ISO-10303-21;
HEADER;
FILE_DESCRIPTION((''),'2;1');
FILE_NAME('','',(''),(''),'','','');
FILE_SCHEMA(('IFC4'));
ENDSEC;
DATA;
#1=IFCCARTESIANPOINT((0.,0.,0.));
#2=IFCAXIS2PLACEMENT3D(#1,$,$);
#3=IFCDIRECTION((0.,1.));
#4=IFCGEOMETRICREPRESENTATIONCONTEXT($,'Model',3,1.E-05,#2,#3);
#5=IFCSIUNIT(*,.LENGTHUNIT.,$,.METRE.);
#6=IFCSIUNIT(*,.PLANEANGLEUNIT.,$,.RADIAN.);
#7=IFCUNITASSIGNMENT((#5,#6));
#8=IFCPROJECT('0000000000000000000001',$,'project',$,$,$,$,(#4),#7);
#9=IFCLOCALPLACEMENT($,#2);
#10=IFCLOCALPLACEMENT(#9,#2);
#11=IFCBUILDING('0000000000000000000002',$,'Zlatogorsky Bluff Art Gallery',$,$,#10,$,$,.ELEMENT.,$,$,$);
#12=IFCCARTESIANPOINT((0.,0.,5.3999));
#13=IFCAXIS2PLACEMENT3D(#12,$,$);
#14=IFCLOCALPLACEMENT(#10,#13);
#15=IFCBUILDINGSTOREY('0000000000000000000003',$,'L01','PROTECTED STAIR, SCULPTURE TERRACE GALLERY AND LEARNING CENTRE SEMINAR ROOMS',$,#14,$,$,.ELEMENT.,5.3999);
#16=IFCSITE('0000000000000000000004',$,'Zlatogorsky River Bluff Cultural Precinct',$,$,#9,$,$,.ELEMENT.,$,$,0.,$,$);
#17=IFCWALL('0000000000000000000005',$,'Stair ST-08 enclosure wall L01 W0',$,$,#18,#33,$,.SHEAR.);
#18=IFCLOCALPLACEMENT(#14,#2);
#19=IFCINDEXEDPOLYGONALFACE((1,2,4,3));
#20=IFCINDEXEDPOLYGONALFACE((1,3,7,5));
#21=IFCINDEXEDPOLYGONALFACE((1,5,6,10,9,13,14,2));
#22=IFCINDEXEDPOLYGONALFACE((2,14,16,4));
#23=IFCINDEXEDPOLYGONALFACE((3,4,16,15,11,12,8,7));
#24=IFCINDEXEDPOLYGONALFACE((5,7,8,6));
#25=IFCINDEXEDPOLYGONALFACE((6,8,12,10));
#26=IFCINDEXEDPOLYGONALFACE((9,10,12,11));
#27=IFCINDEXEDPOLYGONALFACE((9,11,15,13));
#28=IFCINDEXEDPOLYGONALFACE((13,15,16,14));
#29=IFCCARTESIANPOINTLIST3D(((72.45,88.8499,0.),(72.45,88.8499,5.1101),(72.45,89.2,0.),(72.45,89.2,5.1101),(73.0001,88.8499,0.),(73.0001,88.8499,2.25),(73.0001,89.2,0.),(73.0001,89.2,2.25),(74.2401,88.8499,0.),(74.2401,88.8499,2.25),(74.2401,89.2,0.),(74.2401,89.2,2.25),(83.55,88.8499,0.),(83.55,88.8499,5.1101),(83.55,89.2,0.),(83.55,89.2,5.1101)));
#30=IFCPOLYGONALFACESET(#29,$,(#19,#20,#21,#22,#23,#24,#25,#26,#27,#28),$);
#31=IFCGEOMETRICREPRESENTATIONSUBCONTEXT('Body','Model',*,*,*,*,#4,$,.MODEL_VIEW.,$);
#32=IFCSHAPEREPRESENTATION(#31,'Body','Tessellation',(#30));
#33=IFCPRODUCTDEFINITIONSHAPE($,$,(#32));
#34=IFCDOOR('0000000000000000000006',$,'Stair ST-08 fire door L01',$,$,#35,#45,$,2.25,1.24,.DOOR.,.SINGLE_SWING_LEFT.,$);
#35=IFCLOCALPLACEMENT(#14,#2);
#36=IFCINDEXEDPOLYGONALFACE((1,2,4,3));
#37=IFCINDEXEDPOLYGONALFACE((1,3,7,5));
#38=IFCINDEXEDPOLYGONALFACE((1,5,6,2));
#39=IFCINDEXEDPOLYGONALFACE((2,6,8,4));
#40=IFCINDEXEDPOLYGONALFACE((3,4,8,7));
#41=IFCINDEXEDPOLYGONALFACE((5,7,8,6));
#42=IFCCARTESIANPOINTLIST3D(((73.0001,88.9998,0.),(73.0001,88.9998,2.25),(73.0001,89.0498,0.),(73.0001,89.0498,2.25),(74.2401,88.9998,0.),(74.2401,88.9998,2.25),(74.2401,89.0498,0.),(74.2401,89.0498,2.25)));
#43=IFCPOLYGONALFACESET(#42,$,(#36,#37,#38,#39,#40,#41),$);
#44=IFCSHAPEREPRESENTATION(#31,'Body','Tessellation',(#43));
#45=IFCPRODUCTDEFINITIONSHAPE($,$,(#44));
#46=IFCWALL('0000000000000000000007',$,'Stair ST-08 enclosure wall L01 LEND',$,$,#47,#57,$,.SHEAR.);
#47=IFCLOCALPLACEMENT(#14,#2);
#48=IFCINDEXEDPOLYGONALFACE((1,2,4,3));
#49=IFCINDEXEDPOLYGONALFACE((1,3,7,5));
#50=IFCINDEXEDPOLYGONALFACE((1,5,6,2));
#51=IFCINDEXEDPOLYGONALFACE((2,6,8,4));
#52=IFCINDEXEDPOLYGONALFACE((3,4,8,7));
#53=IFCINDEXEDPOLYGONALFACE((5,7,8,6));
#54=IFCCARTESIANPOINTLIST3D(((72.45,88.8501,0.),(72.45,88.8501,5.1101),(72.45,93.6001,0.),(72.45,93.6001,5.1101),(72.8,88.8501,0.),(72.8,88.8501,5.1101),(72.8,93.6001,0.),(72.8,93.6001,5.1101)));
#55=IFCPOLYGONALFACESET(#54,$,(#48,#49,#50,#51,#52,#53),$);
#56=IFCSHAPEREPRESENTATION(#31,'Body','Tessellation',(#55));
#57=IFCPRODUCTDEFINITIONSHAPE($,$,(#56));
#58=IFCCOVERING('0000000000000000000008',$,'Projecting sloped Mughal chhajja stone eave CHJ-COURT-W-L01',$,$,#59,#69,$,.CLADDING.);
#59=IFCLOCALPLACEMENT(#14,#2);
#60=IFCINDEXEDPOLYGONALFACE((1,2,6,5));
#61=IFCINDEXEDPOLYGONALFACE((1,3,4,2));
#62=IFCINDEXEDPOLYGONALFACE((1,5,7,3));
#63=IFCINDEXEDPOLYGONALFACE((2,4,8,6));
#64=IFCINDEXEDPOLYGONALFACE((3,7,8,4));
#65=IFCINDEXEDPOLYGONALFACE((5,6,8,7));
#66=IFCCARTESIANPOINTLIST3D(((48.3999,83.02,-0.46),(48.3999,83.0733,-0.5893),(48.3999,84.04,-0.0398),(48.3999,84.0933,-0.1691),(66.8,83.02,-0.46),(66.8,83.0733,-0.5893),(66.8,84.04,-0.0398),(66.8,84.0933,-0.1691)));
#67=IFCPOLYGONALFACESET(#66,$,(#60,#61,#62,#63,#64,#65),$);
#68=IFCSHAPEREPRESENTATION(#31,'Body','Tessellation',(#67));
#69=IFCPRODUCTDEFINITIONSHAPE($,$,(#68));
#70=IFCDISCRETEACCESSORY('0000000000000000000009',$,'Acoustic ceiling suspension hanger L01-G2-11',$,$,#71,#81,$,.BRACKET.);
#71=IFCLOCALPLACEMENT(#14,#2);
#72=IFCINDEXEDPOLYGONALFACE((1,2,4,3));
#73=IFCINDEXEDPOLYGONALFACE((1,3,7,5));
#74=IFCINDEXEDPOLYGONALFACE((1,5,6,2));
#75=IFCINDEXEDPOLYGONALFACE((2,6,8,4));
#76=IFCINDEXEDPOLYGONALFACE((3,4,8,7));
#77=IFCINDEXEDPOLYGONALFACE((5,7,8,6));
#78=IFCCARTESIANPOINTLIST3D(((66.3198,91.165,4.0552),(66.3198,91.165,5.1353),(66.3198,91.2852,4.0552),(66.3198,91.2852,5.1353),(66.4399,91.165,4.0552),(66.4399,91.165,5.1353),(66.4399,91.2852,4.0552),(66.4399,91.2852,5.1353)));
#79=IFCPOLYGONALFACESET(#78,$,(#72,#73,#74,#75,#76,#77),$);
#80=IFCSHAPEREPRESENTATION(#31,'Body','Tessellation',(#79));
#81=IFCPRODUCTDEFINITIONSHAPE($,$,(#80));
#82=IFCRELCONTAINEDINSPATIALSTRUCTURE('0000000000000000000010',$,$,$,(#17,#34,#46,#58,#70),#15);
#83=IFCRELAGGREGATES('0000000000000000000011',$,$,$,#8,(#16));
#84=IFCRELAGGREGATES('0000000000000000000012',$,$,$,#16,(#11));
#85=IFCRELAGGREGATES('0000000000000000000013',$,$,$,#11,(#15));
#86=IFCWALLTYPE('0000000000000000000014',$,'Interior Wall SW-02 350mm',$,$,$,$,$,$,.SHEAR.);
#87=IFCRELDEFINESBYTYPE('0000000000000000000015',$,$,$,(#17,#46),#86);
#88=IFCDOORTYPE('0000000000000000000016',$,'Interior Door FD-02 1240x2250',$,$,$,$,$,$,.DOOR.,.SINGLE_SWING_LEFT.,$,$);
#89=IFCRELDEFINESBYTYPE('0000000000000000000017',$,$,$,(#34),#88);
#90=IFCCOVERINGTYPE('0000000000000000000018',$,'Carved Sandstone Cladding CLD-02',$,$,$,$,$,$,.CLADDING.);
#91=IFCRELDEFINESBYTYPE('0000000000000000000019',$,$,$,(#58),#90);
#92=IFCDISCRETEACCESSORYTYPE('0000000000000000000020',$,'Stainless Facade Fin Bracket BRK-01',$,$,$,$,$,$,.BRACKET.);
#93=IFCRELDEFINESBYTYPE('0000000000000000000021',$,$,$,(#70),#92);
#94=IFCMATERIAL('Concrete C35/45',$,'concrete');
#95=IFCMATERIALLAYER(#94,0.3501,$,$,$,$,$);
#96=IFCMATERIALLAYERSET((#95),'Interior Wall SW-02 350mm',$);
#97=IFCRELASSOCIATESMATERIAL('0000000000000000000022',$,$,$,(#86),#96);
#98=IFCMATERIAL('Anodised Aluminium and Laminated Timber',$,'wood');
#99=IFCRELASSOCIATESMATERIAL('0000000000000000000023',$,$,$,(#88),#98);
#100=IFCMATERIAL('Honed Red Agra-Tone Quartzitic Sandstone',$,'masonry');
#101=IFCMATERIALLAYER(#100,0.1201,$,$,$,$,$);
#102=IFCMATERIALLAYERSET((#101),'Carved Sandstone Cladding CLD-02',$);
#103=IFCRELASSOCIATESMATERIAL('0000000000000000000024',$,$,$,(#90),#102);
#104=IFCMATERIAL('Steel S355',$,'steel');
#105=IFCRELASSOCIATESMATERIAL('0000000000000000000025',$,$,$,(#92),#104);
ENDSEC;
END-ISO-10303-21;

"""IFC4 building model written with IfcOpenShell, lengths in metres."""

from ifc_helpers import new_model, si_unit, direction, frame, frame_2d, origin, origin_2d, place, context, subcontext, project, spatial, polyline, rectangle, outline, extrude, material, layer, layer_set, type_object, element, fill, save


model = new_model("IFC4")

# Units and contexts
model_context = context("Model", 3, precision=1e-05, world=origin(), true_north=direction((0.0, 1.0)))
body_context = subcontext(model_context, "Body", "Model", "MODEL_VIEW")
ifc_project = project(units=[si_unit("LENGTHUNIT", "METRE"), si_unit("PLANEANGLEUNIT", "RADIAN")], contexts=[model_context])

# Site, building, storey
site_placement = place(None, origin())
site = spatial("IfcSite", under=ifc_project, at=site_placement, Name="Zlatogorsky River Bluff Cultural Precinct", CompositionType="ELEMENT", RefElevation=0.0)
building_placement = place(site_placement, origin())
building = spatial("IfcBuilding", under=site, at=building_placement, Name="Zlatogorsky Bluff Art Gallery", CompositionType="ELEMENT")
storey_placement = place(building_placement, frame((0.0, 0.0, 5.3999)))
storey = spatial("IfcBuildingStorey", under=building, at=storey_placement, Name="L01", Description="PROTECTED STAIR, SCULPTURE TERRACE GALLERY AND LEARNING CENTRE SEMINAR ROOMS", CompositionType="ELEMENT", Elevation=5.3999)

# Shared definitions
ifc_material_1 = material(Name="Steel S355", Category="steel")

# Wall, opening, door
ifc_material_2 = material(Name="Concrete C35/45", Category="concrete")
ifc_layer_1 = layer(ifc_material_2, 0.3501)
ifc_layer_set_1 = layer_set([ifc_layer_1], Name="Interior Wall SW-02 350mm")
wall_type = type_object("IfcWallType", Name="Interior Wall SW-02 350mm", PredefinedType="SHEAR", material=ifc_layer_set_1)
wall_1_placement = place(storey_placement, frame((72.45, 89.0249, 0.0), z_axis=(0.0, 0.0, 1.0), x_axis=(1.0, 0.0, 0.0)))
wall_1 = element("IfcWall", 1, at=wall_1_placement, inside=storey, type_object=wall_type, Name="Stair ST-08 enclosure wall L01 W0", PredefinedType="SHEAR", context=body_context, shape_type="SweptSolid", body=[
    extrude(rectangle(XDim=11.1001, YDim=0.3501, at=frame_2d((5.55, 0.0))), origin(), (0.0, 0.0, 1.0), 5.1101),
])
opening_placement = place(wall_1_placement, frame((0.55, 0.0, 0.0)))
opening = element("IfcOpeningElement", 2, at=opening_placement, cuts=wall_1, PredefinedType="OPENING", context=body_context, shape_type="SweptSolid", body=[
    extrude(rectangle(XDim=1.24, YDim=2.25, at=frame_2d((0.6201, 1.125))), frame((0.0, 0.1851, 0.0), z_axis=(0.0, -1.0, 0.0), x_axis=(1.0, 0.0, 0.0)), (0.0, 0.0, 1.0), 0.3701),
])
ifc_material_3 = material(Name="Anodised Aluminium and Laminated Timber", Category="wood")
door_type = type_object("IfcDoorType", Name="Interior Door FD-02 1240x2250", OperationType="SINGLE_SWING_LEFT", PredefinedType="DOOR", material=ifc_material_3)
door_placement = place(opening_placement, origin())
door = element("IfcDoor", 3, at=door_placement, inside=storey, type_object=door_type, Name="Stair ST-08 fire door L01", OperationType="SINGLE_SWING_LEFT", OverallHeight=2.25, OverallWidth=1.24, PredefinedType="DOOR", context=body_context, shape_type="SweptSolid", body=[
    extrude(rectangle(XDim=1.24, YDim=2.25, at=frame_2d((0.6201, 1.125))), frame((0.0, 0.0249, 0.0), z_axis=(0.0, -1.0, 0.0), x_axis=(1.0, 0.0, 0.0)), (0.0, 0.0, 1.0), 0.05),
])
fill(opening, door)

# Wall
wall_2_placement = place(storey_placement, frame((72.625, 93.6001, 0.0), z_axis=(0.0, 0.0, 1.0), x_axis=(0.0, -1.0, 0.0)))
element("IfcWall", 4, at=wall_2_placement, inside=storey, type_object=wall_type, Name="Stair ST-08 enclosure wall L01 LEND", PredefinedType="SHEAR", context=body_context, shape_type="SweptSolid", body=[
    extrude(rectangle(XDim=4.75, YDim=0.3501, at=frame_2d((2.375, 0.0))), origin(), (0.0, 0.0, 1.0), 5.1101),
])

# Covering
ifc_material_4 = material(Name="Honed Red Agra-Tone Quartzitic Sandstone", Category="masonry")
ifc_layer_2 = layer(ifc_material_4, 0.1201)
ifc_layer_set_2 = layer_set([ifc_layer_2], Name="Carved Sandstone Cladding CLD-02")
covering_type = type_object("IfcCoveringType", Name="Carved Sandstone Cladding CLD-02", PredefinedType="CLADDING", material=ifc_layer_set_2)
covering_placement = place(storey_placement, frame((66.8, 84.04, -0.0398), z_axis=(0.0, -0.380872, 0.924628), x_axis=(-1.0, 0.0, 0.0)))
element("IfcCovering", 5, at=covering_placement, inside=storey, type_object=covering_type, Name="Projecting sloped Mughal chhajja stone eave CHJ-COURT-W-L01", PredefinedType="CLADDING", context=body_context, shape_type="SweptSolid", body=[
    extrude(outline(polyline([(0.0, 0.0), (18.4001, 0.0), (18.4001, 1.1032), (0.0, 1.1032), (0.0, 0.0)])), origin(), (0.0, 0.0, -1.0), 0.1399),
])

# Discrete accessory
discrete_accessory_type = type_object("IfcDiscreteAccessoryType", Name="Stainless Facade Fin Bracket BRK-01", PredefinedType="BRACKET", material=ifc_material_1)
discrete_accessory_placement = place(storey_placement, frame((66.3799, 91.2251, 4.0552), z_axis=(0.0, 0.0, 1.0), x_axis=(1.0, 0.0, 0.0)))
element("IfcDiscreteAccessory", 6, at=discrete_accessory_placement, inside=storey, type_object=discrete_accessory_type, Name="Acoustic ceiling suspension hanger L01-G2-11", PredefinedType="BRACKET", context=body_context, shape_type="SweptSolid", body=[
    extrude(rectangle(XDim=0.1201, YDim=0.1201, at=origin_2d()), origin(), (0.0, 0.0, 1.0), 1.0801),
])

save(model, "model.ifc")
